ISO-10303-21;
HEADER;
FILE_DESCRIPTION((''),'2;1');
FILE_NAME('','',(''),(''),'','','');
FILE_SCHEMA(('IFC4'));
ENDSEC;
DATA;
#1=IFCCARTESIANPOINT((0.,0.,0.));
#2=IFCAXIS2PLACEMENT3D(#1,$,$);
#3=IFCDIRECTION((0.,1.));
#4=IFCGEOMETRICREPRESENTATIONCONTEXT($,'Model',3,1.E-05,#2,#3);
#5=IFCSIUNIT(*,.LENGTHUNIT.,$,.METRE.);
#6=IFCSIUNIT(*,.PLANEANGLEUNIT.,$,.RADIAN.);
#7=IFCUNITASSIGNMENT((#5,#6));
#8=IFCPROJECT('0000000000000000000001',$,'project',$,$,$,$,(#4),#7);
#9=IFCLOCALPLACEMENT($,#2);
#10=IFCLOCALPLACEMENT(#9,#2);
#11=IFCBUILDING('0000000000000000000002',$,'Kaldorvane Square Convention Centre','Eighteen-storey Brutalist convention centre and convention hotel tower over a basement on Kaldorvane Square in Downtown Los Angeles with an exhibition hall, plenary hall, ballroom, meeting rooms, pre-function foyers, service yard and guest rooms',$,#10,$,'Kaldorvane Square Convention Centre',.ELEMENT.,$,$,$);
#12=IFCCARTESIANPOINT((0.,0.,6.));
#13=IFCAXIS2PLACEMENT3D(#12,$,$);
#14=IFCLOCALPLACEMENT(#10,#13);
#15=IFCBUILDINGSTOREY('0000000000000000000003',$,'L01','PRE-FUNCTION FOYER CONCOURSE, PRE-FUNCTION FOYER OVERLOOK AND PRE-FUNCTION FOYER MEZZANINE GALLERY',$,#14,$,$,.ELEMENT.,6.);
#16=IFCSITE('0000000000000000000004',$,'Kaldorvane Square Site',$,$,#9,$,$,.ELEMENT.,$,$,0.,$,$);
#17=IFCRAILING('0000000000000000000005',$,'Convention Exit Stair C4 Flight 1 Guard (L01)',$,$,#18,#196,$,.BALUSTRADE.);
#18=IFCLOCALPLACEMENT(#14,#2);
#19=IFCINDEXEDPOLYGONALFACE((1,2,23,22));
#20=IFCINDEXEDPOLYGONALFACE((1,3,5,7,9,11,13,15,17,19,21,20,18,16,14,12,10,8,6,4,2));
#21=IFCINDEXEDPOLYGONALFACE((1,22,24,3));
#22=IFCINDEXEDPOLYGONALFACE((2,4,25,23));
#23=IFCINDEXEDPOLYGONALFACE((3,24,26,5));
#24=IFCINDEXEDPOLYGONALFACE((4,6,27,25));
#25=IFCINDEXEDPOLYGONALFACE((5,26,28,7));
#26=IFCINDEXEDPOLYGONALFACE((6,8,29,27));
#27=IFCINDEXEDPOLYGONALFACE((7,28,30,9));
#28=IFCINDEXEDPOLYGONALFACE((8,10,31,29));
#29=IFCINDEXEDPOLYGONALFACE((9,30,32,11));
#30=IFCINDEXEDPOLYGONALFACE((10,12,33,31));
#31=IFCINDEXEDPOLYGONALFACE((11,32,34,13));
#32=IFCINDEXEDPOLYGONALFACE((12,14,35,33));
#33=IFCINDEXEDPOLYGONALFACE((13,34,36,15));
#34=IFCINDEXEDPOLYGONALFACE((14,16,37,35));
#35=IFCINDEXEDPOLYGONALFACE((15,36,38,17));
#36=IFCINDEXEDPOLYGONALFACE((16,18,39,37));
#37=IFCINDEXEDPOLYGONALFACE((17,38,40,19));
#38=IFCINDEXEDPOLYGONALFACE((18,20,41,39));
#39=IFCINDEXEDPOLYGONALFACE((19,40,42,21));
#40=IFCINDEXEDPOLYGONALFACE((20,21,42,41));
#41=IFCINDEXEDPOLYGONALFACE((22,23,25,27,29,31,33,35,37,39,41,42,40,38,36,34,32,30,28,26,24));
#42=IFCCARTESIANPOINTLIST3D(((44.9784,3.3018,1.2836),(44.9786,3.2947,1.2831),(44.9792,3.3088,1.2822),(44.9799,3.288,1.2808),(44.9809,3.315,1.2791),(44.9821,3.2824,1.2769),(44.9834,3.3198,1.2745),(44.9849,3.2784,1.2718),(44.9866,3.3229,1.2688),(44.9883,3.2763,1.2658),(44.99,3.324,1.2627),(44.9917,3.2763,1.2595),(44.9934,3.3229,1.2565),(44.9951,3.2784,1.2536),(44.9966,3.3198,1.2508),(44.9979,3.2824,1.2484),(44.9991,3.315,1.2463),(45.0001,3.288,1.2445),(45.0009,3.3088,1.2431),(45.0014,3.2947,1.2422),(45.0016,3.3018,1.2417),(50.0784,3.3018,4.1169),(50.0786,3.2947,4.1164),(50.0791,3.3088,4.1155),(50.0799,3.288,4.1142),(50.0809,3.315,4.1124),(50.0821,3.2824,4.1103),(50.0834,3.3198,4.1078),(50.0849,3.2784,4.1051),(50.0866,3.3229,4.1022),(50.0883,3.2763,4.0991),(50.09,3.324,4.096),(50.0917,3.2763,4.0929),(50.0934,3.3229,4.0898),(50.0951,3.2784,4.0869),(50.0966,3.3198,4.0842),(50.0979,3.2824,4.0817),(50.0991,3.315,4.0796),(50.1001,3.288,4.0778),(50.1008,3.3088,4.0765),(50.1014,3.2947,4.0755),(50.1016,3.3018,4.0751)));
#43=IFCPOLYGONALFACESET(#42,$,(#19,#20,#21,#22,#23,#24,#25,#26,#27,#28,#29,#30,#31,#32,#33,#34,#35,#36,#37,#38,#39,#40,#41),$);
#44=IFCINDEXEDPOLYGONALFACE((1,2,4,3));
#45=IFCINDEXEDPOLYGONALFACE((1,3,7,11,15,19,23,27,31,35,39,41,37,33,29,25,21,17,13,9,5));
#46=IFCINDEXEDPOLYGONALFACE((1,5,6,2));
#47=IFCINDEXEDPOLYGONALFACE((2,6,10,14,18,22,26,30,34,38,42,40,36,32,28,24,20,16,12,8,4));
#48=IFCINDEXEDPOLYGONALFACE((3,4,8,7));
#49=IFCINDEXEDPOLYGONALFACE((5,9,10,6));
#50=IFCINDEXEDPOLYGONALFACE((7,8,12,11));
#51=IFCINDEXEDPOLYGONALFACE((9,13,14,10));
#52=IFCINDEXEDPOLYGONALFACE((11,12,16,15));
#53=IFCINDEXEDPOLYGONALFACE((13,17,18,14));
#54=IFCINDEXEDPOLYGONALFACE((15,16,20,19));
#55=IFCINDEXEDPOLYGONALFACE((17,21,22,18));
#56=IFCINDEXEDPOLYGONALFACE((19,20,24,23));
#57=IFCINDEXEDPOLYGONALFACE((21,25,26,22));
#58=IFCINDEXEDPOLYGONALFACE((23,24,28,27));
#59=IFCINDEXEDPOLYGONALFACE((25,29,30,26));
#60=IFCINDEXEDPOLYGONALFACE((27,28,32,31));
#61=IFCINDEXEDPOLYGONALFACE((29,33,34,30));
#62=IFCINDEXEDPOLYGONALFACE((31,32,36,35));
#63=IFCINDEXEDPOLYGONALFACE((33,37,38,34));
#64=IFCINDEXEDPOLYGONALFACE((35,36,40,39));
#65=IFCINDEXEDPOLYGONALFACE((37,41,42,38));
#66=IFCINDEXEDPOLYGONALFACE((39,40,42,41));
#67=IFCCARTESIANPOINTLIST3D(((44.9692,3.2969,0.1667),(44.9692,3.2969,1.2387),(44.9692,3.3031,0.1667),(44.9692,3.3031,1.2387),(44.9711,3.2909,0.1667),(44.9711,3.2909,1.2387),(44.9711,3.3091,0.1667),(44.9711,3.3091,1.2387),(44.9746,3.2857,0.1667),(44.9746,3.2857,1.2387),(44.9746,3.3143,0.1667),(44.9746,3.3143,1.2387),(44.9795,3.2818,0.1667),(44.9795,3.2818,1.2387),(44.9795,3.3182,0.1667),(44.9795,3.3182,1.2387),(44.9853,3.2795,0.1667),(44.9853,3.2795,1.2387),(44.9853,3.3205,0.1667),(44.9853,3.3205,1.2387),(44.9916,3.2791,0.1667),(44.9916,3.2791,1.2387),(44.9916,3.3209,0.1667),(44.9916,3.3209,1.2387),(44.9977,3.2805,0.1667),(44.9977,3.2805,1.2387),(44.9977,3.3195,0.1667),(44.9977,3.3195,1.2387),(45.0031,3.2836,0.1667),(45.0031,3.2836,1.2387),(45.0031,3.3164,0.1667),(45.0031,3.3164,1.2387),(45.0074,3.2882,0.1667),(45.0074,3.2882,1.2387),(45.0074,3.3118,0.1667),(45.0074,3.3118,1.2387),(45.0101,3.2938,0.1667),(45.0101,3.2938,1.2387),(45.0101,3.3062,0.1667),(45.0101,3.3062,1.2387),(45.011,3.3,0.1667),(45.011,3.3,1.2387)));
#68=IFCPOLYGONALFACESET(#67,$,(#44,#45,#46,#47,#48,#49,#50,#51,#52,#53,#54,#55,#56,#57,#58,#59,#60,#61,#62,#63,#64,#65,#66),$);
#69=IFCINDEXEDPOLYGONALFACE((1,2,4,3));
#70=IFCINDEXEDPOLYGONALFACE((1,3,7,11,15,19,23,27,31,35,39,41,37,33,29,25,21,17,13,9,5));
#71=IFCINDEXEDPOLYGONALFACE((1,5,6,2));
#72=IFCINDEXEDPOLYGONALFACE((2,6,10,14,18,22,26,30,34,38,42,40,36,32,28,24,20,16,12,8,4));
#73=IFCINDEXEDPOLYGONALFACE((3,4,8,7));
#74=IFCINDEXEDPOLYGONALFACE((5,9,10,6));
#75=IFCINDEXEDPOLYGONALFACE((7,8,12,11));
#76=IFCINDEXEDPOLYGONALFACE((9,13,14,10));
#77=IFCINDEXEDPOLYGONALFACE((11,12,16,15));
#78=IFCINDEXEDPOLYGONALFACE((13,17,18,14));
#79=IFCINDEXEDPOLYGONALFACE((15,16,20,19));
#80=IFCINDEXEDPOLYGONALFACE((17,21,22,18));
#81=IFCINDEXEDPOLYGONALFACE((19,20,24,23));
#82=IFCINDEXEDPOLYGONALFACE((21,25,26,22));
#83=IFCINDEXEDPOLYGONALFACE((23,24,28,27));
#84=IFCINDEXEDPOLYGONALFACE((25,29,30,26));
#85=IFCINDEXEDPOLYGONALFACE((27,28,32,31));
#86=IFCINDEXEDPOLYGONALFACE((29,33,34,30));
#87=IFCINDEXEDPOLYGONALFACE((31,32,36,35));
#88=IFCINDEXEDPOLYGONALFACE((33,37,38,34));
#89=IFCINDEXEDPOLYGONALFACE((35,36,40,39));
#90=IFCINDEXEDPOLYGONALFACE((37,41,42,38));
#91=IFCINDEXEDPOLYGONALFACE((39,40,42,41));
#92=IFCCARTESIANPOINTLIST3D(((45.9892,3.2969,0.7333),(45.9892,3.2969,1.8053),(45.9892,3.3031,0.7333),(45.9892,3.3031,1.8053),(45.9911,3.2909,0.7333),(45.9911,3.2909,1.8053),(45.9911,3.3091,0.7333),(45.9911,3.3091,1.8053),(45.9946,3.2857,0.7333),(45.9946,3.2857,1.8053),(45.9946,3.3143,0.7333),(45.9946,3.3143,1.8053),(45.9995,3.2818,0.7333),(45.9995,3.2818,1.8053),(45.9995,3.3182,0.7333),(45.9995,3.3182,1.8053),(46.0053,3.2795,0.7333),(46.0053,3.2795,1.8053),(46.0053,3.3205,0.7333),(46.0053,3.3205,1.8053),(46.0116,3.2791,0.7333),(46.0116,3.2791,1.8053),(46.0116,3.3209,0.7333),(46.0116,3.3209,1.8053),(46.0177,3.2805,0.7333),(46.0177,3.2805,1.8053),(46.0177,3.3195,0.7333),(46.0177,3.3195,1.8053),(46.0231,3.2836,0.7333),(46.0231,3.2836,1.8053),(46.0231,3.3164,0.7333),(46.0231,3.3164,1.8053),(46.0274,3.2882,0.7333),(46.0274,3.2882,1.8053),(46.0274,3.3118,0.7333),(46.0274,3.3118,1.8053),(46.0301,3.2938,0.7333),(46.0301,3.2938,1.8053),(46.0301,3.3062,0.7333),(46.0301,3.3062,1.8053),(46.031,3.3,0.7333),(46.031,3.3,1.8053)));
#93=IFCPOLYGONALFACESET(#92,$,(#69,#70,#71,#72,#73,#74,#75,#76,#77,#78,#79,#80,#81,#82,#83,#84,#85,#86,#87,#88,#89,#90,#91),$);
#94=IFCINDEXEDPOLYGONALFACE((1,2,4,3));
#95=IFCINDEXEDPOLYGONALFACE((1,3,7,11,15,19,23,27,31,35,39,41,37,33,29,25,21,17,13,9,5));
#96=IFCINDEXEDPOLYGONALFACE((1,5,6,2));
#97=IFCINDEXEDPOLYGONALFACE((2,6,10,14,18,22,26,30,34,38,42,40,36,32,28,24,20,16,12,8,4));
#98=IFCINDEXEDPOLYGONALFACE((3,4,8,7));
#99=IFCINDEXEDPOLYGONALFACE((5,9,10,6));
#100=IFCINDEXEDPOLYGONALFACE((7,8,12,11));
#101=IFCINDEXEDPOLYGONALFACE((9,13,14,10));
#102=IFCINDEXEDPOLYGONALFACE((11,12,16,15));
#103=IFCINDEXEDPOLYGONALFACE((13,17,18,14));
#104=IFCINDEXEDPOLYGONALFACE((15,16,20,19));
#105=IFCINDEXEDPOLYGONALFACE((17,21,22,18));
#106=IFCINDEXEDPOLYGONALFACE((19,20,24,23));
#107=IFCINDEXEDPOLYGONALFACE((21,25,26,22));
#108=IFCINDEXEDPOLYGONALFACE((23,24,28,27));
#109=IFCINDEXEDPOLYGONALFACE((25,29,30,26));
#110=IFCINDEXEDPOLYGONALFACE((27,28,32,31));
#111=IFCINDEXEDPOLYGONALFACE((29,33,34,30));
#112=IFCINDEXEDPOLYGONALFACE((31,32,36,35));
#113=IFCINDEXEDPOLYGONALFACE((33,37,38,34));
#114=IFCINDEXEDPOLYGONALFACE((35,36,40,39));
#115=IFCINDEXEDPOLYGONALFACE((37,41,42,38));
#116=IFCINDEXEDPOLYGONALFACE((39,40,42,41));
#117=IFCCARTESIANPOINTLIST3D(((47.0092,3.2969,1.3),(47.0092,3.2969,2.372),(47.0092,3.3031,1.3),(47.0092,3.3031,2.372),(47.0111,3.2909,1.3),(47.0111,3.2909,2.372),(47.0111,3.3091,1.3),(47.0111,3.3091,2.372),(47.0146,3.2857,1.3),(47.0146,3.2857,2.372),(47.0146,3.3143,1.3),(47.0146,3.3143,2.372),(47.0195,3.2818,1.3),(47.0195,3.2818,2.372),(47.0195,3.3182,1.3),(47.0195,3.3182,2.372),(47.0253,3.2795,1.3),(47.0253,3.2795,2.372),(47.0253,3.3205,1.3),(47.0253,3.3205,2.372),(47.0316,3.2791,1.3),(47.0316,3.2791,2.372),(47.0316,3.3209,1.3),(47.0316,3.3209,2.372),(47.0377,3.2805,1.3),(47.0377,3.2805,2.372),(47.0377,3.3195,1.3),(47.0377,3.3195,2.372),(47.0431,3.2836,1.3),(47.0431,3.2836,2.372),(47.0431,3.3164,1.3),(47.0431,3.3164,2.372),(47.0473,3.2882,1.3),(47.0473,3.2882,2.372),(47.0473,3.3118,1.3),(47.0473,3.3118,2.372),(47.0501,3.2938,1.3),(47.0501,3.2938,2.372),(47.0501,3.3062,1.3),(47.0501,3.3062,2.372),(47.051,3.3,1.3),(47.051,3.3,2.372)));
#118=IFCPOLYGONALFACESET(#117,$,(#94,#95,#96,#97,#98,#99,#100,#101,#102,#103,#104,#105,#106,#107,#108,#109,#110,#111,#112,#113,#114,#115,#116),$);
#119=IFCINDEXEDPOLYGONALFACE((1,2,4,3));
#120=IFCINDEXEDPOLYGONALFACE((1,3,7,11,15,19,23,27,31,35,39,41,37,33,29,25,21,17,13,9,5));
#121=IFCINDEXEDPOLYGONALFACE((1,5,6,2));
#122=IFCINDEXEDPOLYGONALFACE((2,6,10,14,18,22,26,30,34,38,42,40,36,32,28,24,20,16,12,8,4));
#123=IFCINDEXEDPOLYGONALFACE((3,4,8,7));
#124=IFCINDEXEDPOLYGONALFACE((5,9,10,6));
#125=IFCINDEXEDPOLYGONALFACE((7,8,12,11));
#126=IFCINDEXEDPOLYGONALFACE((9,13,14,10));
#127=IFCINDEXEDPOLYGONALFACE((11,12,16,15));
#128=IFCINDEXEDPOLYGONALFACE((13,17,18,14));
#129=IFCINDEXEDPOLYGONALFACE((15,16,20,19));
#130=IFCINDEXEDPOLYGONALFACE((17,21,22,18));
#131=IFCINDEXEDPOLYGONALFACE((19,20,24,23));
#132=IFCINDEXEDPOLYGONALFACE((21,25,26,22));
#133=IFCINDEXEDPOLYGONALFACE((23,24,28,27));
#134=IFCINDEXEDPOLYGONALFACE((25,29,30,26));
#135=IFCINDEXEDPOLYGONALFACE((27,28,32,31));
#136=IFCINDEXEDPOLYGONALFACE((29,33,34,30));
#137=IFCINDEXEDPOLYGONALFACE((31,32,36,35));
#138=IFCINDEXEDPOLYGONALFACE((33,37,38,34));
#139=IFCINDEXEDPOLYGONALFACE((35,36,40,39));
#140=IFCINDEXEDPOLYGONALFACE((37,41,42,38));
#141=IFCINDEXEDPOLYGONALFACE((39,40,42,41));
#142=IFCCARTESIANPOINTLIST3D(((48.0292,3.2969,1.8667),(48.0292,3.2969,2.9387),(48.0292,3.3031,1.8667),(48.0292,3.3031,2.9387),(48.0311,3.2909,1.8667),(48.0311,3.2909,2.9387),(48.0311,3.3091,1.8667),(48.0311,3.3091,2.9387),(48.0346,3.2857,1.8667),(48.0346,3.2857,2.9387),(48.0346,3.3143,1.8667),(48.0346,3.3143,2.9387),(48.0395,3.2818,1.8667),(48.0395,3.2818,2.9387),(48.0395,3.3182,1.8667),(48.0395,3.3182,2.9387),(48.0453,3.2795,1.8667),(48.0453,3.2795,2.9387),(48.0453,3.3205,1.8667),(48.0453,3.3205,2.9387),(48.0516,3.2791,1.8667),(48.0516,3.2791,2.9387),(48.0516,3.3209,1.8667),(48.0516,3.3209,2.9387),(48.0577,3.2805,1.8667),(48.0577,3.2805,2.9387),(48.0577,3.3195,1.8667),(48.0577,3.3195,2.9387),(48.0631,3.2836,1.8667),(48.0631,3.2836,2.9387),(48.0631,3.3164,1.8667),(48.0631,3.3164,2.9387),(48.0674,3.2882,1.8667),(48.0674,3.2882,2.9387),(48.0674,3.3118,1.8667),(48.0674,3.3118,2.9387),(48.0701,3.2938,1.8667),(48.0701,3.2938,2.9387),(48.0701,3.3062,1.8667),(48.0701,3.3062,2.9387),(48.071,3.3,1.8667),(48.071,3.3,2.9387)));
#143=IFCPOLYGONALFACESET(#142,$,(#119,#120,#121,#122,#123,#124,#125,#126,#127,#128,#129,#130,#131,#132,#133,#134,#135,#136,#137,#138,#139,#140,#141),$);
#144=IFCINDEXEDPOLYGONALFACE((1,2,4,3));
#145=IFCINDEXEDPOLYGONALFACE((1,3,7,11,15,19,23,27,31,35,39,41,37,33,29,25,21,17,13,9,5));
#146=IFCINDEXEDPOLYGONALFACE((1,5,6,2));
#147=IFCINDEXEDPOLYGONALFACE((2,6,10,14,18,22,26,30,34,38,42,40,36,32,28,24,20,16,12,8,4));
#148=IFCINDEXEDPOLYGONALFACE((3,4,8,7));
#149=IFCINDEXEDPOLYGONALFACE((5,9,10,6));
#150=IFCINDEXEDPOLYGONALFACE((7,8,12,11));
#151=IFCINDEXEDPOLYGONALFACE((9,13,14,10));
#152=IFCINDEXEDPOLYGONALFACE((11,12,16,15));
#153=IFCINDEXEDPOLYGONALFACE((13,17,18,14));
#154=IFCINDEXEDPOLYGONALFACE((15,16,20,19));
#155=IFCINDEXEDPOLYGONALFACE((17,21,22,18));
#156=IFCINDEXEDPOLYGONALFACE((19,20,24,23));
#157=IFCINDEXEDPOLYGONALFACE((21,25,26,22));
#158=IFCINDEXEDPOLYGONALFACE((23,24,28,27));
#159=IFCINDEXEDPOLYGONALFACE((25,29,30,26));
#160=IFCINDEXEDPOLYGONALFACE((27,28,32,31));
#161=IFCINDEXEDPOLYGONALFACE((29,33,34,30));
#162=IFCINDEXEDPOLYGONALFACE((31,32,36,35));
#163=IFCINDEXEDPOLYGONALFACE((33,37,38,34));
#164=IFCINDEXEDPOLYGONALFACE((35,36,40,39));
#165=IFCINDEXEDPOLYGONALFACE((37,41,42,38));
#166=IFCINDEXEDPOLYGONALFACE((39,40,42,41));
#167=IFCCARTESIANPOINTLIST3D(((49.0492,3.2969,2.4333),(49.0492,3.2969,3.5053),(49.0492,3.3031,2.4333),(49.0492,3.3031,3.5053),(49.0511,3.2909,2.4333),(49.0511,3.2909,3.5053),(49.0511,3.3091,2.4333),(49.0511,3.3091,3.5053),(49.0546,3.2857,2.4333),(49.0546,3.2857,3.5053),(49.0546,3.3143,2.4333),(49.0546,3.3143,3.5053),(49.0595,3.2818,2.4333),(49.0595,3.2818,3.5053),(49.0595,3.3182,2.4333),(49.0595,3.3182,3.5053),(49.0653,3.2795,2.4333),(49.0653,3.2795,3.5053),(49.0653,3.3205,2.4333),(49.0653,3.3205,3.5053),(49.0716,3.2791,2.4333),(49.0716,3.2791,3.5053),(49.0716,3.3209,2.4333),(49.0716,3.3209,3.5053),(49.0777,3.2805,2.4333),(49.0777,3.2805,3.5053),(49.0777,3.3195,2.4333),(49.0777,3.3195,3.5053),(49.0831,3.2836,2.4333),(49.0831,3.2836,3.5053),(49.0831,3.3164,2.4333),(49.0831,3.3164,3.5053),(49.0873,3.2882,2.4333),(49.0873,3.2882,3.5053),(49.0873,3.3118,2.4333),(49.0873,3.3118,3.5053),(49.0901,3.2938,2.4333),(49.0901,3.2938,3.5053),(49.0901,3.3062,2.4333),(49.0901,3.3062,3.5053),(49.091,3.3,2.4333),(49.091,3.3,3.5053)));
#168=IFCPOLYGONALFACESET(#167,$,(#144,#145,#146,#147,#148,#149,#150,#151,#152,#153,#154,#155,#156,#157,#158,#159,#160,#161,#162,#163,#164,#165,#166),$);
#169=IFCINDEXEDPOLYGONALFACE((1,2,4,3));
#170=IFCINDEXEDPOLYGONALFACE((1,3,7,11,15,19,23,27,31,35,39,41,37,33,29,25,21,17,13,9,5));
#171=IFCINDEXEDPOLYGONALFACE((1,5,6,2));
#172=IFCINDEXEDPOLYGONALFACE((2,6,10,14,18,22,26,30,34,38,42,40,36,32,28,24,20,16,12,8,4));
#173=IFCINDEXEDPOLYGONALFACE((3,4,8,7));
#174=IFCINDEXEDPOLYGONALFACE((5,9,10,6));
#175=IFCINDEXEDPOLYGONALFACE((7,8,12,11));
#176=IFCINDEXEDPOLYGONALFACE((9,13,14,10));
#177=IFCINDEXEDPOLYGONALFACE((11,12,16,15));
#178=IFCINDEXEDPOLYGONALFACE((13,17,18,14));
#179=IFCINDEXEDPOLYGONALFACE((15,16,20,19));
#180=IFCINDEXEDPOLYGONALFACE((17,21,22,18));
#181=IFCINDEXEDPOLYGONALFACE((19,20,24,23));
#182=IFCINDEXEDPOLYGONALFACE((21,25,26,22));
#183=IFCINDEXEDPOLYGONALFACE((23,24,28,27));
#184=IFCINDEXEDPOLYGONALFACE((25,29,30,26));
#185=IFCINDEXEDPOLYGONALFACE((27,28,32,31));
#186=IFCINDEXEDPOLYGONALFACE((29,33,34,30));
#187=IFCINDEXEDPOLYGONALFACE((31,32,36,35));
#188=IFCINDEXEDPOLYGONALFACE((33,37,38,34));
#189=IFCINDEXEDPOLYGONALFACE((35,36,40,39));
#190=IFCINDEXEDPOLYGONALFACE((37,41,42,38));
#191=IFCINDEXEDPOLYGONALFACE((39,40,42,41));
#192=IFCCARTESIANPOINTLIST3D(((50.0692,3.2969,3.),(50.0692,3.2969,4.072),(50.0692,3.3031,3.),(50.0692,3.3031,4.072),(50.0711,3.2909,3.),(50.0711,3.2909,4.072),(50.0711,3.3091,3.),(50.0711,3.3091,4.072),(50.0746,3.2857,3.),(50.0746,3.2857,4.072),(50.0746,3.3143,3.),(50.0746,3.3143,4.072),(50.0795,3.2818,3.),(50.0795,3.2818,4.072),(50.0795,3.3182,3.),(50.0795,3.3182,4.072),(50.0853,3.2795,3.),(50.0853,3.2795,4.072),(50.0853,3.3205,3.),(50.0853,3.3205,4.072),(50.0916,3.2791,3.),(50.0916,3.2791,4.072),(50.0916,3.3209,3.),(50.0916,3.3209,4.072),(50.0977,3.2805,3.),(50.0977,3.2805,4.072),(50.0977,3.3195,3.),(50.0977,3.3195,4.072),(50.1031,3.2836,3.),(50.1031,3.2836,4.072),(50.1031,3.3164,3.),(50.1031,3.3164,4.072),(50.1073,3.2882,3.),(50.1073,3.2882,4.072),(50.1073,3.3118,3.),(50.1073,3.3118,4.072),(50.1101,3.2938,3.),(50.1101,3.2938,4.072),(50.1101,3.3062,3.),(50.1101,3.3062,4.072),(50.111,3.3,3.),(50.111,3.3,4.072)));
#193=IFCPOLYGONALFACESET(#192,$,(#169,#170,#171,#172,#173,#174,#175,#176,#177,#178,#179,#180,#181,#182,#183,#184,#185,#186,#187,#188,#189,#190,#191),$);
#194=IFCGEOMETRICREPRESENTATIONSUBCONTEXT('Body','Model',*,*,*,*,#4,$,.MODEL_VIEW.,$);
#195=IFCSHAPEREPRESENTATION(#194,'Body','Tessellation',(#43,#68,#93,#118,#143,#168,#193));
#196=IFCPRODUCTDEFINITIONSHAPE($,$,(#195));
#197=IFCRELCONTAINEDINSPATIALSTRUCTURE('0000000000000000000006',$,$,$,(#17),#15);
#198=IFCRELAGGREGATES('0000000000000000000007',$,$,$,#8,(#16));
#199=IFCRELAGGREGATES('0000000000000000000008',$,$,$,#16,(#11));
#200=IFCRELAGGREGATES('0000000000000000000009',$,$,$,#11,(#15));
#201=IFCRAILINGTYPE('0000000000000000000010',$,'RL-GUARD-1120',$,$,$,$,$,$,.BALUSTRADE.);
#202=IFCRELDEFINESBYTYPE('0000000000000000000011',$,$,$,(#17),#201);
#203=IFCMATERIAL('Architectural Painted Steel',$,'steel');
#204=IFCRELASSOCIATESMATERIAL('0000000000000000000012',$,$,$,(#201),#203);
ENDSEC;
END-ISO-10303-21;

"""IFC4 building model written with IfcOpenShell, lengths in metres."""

from ifc_helpers import new_model, si_unit, direction, frame, origin, origin_2d, place, context, subcontext, project, spatial, circle, extrude, material, type_object, element, save


model = new_model("IFC4")

# Units and contexts
model_context = context("Model", 3, precision=1e-05, world=origin(), true_north=direction((0.0, 1.0)))
body_context = subcontext(model_context, "Body", "Model", "MODEL_VIEW")
ifc_project = project(units=[si_unit("LENGTHUNIT", "METRE"), si_unit("PLANEANGLEUNIT", "RADIAN")], contexts=[model_context])

# Site, building, storey
site_placement = place(None, origin())
site = spatial("IfcSite", under=ifc_project, at=site_placement, Name="Kaldorvane Square Site", CompositionType="ELEMENT", RefElevation=0.0)
building_placement = place(site_placement, origin())
building = spatial("IfcBuilding", under=site, at=building_placement, Name="Kaldorvane Square Convention Centre", Description="Eighteen-storey Brutalist convention centre and convention hotel tower over a basement on Kaldorvane Square in Downtown Los Angeles with an exhibition hall, plenary hall, ballroom, meeting rooms, pre-function foyers, service yard and guest rooms", LongName="Kaldorvane Square Convention Centre", CompositionType="ELEMENT")
storey_placement = place(building_placement, frame((0.0, 0.0, 6.0)))
storey = spatial("IfcBuildingStorey", under=building, at=storey_placement, Name="L01", Description="PRE-FUNCTION FOYER CONCOURSE, PRE-FUNCTION FOYER OVERLOOK AND PRE-FUNCTION FOYER MEZZANINE GALLERY", CompositionType="ELEMENT", Elevation=6.0)

# Railing
ifc_material_1 = material(Name="Architectural Painted Steel", Category="steel")
railing_type_1 = type_object("IfcRailingType", Name="RL-GUARD-1120", PredefinedType="BALUSTRADE", material=ifc_material_1)
railing_1_placement = place(storey_placement, frame((44.99, 3.3, 0.1667)))
element("IfcRailing", 1, at=railing_1_placement, inside=storey, type_object=railing_type_1, Name="Convention Exit Stair C4 Flight 1 Guard (L01)", PredefinedType="BALUSTRADE", context=body_context, shape_type="SweptSolid", body=[
    extrude(circle(Radius=0.024, at=origin_2d()), frame((0.0, 0.0, 1.096), z_axis=(0.874157, 0.0, 0.485643), x_axis=(0.0, 1.0, 0.0)), (0.0, 0.0, 1.0), 5.8342),
    extrude(circle(Radius=0.021, at=origin_2d()), origin(), (0.0, 0.0, 1.0), 1.072),
    extrude(circle(Radius=0.021, at=origin_2d()), frame((1.02, 0.0, 0.5667)), (0.0, 0.0, 1.0), 1.072),
    extrude(circle(Radius=0.021, at=origin_2d()), frame((2.04, 0.0, 1.1333)), (0.0, 0.0, 1.0), 1.072),
    extrude(circle(Radius=0.021, at=origin_2d()), frame((3.06, 0.0, 1.7)), (0.0, 0.0, 1.0), 1.072),
    extrude(circle(Radius=0.021, at=origin_2d()), frame((4.08, 0.0, 2.2667)), (0.0, 0.0, 1.0), 1.072),
    extrude(circle(Radius=0.021, at=origin_2d()), frame((5.1, 0.0, 2.8333)), (0.0, 0.0, 1.0), 1.072),
])

save(model, "model.ifc")
